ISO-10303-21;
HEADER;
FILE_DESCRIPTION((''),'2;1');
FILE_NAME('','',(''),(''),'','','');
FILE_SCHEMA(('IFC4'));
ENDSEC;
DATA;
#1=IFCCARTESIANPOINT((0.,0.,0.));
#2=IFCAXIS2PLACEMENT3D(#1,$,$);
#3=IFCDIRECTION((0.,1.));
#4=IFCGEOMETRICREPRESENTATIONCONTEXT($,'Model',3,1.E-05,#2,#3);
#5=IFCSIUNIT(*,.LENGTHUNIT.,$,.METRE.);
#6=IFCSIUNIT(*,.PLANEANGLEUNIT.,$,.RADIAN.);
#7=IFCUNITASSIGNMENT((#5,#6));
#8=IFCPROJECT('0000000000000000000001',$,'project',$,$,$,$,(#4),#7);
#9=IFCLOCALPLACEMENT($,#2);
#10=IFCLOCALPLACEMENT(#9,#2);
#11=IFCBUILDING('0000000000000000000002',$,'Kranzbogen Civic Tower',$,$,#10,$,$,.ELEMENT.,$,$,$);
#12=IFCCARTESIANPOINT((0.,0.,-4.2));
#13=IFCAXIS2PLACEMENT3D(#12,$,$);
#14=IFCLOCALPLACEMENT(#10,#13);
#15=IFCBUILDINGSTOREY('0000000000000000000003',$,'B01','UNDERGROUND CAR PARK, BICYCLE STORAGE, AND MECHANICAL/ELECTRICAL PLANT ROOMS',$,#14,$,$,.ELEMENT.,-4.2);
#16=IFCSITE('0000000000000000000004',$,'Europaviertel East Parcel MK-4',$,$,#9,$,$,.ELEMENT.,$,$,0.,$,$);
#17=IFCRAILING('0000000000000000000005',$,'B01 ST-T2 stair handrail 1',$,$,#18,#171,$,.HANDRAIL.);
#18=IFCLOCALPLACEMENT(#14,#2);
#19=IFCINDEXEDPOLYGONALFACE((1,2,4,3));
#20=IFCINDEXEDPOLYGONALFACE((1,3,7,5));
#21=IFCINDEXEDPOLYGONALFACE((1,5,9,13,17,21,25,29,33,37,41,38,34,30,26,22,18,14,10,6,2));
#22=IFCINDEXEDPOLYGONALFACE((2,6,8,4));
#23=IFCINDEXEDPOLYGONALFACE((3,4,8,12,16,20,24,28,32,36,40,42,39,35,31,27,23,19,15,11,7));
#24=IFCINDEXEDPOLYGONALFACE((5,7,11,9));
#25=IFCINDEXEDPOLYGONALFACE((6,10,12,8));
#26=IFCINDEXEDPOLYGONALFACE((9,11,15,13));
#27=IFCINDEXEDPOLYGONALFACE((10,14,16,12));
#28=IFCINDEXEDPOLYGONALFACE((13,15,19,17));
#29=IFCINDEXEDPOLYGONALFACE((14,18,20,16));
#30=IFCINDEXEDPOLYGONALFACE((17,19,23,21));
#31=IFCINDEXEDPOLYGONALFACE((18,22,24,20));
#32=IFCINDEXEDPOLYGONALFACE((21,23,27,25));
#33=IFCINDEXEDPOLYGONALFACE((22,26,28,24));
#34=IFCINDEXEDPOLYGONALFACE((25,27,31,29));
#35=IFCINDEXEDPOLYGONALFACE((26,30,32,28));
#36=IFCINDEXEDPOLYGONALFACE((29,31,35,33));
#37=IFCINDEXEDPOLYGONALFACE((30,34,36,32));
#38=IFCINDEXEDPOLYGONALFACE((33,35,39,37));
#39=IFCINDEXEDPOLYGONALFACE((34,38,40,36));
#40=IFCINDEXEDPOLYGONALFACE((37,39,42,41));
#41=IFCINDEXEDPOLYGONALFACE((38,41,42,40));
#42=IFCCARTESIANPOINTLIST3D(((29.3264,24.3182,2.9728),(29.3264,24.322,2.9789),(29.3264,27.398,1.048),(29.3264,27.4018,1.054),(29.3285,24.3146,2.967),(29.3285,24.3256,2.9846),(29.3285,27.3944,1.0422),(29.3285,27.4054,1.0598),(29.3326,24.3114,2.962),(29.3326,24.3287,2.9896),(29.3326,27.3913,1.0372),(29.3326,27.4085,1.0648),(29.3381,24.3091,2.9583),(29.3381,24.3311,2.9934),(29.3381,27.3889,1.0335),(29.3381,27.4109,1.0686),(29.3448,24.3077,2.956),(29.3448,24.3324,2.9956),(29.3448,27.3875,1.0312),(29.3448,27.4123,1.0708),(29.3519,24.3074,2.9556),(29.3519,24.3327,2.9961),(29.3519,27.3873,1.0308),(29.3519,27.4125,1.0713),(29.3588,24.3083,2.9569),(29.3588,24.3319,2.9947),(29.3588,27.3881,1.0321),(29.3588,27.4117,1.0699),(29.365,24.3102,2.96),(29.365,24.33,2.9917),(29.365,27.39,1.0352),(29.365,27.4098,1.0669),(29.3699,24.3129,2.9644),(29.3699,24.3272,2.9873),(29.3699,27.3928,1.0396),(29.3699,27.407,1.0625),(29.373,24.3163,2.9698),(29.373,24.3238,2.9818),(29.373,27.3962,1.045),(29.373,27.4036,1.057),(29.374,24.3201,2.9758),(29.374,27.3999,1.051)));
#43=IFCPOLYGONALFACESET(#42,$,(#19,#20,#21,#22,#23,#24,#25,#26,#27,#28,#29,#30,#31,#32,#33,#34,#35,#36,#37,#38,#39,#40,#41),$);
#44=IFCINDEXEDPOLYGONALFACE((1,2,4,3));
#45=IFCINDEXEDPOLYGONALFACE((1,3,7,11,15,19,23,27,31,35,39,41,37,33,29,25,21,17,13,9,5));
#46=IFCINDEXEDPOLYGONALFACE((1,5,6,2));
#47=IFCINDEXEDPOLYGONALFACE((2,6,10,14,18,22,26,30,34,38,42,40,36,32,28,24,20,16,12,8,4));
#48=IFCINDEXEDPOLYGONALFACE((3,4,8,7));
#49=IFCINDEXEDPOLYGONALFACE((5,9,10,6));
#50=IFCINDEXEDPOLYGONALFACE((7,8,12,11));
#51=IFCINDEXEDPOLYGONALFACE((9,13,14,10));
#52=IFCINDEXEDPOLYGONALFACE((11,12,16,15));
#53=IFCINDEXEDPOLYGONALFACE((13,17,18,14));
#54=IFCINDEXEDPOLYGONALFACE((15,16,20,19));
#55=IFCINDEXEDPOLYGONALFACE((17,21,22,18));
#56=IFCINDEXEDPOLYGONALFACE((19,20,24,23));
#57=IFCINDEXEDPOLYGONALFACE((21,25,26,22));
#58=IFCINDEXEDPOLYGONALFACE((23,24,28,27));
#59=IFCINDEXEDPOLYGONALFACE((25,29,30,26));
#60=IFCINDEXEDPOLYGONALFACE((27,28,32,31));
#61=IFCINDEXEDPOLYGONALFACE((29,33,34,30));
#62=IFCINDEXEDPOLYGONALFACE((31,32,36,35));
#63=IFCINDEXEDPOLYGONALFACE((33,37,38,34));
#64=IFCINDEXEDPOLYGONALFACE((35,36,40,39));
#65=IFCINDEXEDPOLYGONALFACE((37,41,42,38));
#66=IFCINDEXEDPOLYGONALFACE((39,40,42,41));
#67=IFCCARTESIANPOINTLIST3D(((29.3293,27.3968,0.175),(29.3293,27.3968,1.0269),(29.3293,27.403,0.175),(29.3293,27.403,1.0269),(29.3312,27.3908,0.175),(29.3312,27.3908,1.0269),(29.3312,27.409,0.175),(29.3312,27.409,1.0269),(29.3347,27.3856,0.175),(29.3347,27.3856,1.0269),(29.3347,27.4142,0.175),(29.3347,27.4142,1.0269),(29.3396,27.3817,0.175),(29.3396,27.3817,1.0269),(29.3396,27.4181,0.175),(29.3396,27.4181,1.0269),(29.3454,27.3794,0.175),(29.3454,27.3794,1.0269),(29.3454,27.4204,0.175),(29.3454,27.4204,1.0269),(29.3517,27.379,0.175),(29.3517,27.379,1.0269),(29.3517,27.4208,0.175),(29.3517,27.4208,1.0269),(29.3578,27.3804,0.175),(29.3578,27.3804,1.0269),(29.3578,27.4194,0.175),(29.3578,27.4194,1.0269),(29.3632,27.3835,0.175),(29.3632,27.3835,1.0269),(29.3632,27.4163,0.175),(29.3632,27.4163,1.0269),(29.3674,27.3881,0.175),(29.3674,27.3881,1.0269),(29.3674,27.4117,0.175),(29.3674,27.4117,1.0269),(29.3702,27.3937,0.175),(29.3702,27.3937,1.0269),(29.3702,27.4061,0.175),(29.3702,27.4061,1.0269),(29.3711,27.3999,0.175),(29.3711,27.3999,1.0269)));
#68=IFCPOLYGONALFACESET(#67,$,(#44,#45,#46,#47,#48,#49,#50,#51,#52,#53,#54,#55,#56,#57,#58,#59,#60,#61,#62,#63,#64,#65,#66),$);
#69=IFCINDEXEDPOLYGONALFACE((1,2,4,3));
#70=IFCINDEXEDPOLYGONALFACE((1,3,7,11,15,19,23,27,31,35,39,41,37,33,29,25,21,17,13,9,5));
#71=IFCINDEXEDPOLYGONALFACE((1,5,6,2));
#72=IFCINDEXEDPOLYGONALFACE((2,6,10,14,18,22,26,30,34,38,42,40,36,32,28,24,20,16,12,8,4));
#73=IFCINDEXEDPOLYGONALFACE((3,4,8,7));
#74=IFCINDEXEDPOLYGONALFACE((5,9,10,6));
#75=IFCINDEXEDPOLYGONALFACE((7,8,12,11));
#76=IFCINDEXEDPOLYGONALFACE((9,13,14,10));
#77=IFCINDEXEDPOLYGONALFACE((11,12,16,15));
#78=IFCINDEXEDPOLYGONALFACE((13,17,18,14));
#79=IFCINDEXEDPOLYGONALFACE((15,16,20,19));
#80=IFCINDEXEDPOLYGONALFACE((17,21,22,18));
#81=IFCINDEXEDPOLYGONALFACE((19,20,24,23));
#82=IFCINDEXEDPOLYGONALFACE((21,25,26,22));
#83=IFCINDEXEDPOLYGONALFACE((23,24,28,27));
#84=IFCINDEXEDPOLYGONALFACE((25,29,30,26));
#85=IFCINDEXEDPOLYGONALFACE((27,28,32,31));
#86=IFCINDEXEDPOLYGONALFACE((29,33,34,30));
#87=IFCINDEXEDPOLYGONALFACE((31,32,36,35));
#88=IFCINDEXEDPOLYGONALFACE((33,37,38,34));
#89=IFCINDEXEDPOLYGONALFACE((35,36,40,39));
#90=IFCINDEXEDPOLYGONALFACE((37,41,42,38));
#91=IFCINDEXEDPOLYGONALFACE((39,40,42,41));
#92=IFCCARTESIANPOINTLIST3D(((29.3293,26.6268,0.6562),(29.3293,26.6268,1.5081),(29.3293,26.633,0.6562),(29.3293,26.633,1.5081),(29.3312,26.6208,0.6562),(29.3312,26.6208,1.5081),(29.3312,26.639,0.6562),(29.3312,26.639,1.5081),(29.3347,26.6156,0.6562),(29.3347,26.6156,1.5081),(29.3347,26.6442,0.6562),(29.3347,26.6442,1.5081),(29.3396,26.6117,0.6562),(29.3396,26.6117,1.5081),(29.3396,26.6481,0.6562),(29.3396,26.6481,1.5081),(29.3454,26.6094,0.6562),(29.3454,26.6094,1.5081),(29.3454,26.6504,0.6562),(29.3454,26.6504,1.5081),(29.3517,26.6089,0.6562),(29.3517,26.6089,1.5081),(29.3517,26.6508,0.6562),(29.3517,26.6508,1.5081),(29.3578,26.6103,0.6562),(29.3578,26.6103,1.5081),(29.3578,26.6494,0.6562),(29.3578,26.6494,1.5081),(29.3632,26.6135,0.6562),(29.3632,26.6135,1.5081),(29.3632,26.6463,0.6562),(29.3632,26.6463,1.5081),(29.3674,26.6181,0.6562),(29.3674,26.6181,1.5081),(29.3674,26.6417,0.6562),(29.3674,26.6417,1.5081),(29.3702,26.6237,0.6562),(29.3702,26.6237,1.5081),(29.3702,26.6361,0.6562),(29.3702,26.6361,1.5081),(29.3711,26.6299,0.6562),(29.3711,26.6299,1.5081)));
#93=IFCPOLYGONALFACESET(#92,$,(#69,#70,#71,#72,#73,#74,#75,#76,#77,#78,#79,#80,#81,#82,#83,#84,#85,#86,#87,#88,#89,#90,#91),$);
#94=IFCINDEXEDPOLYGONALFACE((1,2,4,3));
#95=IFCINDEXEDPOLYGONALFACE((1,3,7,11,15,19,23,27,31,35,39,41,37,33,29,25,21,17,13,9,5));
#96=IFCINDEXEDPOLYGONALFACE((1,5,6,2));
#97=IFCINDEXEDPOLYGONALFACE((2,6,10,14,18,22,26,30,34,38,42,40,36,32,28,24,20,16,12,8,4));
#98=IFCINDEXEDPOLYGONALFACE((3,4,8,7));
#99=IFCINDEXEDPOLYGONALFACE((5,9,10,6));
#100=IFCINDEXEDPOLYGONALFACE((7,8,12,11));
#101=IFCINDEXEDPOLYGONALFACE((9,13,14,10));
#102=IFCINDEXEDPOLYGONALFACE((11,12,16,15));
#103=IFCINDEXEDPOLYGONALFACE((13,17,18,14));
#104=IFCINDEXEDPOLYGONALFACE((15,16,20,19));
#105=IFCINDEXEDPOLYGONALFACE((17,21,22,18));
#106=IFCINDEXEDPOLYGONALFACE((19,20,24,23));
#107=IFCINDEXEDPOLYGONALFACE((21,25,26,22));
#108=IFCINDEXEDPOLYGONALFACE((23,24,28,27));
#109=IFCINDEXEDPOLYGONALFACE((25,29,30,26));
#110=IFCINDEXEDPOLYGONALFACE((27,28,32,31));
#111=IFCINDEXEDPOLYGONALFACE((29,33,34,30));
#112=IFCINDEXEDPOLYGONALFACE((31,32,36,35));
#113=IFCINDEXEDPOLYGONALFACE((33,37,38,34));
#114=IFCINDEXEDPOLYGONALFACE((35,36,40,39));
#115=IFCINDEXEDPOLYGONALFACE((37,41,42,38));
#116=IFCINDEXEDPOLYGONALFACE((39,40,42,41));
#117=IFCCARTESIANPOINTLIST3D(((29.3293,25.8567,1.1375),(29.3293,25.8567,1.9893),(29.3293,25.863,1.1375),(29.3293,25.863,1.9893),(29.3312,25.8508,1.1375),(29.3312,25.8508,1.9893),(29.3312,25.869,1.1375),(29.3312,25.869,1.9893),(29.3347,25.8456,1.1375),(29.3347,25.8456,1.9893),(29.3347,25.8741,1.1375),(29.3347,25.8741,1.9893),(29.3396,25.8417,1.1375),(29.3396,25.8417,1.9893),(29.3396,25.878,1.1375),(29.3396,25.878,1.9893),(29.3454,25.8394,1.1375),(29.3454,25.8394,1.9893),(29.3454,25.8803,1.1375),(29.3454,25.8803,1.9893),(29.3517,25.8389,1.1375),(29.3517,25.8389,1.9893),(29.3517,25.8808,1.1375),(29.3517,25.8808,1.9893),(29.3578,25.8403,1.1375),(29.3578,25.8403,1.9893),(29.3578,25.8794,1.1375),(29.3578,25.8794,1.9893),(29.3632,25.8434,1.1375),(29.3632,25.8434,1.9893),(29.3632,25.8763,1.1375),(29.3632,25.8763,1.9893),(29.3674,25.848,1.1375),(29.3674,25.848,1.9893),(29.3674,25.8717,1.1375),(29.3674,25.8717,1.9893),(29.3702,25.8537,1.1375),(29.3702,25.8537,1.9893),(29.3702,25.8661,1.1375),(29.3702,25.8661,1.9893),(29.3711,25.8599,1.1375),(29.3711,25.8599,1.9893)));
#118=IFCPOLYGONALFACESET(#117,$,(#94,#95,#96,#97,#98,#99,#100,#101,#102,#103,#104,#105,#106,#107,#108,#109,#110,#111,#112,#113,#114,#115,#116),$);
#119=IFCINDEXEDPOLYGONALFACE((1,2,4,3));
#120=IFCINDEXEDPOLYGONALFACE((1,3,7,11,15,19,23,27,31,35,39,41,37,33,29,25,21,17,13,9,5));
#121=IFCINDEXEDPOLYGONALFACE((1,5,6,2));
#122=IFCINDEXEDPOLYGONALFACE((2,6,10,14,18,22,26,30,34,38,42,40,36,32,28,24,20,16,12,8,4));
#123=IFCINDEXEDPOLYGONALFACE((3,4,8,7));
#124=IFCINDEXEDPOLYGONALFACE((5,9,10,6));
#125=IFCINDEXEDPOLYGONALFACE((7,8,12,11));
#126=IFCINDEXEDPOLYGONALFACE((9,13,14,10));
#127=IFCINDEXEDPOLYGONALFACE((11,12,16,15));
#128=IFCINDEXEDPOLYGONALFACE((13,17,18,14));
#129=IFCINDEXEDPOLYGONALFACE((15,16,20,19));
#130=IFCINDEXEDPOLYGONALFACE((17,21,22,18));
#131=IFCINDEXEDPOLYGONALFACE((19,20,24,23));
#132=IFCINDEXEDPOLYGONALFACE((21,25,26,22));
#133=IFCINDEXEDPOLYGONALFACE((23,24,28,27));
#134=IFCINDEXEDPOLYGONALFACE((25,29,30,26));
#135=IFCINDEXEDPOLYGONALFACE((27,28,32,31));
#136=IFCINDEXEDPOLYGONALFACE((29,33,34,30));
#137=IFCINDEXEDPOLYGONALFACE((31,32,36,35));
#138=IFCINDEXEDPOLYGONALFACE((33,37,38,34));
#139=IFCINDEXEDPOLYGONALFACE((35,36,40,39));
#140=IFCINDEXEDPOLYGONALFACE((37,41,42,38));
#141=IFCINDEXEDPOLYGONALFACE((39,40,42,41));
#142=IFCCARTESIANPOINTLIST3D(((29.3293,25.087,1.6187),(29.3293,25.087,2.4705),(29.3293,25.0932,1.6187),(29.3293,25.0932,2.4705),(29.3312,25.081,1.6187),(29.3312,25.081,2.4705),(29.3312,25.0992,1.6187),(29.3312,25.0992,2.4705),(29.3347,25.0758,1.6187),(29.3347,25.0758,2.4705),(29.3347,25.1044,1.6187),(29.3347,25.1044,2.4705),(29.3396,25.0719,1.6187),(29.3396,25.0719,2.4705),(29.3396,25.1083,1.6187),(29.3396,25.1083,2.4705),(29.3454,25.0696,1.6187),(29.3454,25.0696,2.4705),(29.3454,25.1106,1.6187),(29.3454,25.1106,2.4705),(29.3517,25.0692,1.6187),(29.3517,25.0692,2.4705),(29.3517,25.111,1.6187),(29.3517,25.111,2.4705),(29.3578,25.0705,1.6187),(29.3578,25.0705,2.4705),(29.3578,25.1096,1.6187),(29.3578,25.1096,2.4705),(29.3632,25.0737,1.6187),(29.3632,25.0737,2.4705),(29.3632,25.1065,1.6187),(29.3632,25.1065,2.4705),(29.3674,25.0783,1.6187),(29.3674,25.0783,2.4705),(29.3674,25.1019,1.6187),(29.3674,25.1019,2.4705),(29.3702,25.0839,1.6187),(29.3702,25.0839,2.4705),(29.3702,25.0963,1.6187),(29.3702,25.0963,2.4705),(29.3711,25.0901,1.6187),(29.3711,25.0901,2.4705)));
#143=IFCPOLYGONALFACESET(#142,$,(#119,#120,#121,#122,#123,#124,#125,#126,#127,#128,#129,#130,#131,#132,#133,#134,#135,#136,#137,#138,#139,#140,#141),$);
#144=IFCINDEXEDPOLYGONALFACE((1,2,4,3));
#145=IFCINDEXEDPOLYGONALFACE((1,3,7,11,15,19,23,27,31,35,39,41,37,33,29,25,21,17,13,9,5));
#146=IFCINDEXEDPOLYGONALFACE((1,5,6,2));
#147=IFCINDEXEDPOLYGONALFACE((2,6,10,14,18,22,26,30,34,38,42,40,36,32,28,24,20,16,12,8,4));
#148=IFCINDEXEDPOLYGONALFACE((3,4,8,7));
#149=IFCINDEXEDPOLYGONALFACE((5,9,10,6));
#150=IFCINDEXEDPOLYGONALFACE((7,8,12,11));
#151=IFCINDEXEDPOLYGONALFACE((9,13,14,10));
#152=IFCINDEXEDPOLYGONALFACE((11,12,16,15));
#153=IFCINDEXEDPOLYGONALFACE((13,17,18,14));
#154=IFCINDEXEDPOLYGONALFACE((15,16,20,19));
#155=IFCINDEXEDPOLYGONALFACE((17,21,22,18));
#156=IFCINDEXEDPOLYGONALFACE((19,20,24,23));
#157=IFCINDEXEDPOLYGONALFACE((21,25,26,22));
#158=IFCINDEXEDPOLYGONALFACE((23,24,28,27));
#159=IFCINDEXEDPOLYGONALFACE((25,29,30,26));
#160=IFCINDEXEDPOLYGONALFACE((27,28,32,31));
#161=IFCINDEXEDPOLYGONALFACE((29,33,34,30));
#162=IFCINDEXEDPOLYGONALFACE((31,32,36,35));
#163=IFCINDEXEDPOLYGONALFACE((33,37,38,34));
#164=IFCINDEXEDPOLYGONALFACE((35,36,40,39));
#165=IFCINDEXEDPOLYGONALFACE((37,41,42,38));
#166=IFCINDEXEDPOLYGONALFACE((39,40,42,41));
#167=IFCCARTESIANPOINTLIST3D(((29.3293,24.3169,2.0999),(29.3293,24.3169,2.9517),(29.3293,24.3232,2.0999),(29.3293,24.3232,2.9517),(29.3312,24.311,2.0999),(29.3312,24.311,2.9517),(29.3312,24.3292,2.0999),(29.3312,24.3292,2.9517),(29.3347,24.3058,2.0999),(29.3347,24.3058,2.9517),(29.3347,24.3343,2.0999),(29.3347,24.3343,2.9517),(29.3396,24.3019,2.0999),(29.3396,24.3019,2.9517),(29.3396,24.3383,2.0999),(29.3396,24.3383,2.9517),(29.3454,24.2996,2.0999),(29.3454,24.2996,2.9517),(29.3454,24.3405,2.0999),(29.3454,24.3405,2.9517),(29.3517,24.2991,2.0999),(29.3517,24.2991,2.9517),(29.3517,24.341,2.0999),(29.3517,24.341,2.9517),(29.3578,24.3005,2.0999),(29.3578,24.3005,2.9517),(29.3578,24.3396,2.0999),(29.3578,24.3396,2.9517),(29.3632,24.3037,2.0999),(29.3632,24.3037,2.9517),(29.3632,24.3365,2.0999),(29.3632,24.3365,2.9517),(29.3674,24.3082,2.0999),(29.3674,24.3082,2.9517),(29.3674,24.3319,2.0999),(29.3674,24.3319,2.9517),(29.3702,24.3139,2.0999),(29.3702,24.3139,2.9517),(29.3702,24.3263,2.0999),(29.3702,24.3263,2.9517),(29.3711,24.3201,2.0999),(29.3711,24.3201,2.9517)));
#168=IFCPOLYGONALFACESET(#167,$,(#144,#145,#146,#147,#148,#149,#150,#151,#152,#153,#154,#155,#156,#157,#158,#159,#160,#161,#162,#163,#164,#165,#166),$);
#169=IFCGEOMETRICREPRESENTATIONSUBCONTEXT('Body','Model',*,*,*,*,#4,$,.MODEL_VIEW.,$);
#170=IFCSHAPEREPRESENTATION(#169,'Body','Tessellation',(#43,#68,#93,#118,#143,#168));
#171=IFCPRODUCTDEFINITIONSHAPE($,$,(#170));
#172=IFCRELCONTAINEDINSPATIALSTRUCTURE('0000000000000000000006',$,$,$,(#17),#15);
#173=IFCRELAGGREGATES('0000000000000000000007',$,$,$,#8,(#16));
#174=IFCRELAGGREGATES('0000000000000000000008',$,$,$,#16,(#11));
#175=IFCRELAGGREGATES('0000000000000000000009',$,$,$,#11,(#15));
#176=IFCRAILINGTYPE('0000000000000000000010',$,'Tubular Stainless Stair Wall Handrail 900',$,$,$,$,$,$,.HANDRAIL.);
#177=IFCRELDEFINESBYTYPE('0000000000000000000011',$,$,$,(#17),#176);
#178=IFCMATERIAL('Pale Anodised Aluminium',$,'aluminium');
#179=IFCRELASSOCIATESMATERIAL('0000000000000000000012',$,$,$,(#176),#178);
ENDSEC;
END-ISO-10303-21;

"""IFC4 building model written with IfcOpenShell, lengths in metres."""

from ifc_helpers import new_model, si_unit, direction, frame, origin, origin_2d, place, context, subcontext, project, spatial, circle, extrude, material, type_object, element, save


model = new_model("IFC4")

# Units and contexts
model_context = context("Model", 3, precision=1e-05, world=origin(), true_north=direction((0.0, 1.0)))
body_context = subcontext(model_context, "Body", "Model", "MODEL_VIEW")
ifc_project = project(units=[si_unit("LENGTHUNIT", "METRE"), si_unit("PLANEANGLEUNIT", "RADIAN")], contexts=[model_context])

# Site, building, storey
site_placement = place(None, origin())
site = spatial("IfcSite", under=ifc_project, at=site_placement, Name="Europaviertel East Parcel MK-4", CompositionType="ELEMENT", RefElevation=0.0)
building_placement = place(site_placement, origin())
building = spatial("IfcBuilding", under=site, at=building_placement, Name="Kranzbogen Civic Tower", CompositionType="ELEMENT")
storey_placement = place(building_placement, frame((0.0, 0.0, -4.2)))
storey = spatial("IfcBuildingStorey", under=building, at=storey_placement, Name="B01", Description="UNDERGROUND CAR PARK, BICYCLE STORAGE, AND MECHANICAL/ELECTRICAL PLANT ROOMS", CompositionType="ELEMENT", Elevation=-4.2)

# Shared definitions
ifc_material_1 = material(Name="Pale Anodised Aluminium", Category="aluminium")

# Railing
railing_type_1 = type_object("IfcRailingType", Name="Tubular Stainless Stair Wall Handrail 900", PredefinedType="HANDRAIL", material=ifc_material_1)
railing_1_placement = place(storey_placement, frame((29.3501, 27.3999, 0.175)))
element("IfcRailing", 1, at=railing_1_placement, inside=storey, type_object=railing_type_1, Name="B01 ST-T2 stair handrail 1", PredefinedType="HANDRAIL", context=body_context, shape_type="SweptSolid", body=[
    extrude(circle(Radius=0.0239, at=origin_2d()), frame((0.0, 0.0, 0.876), z_axis=(0.0, -0.84801, 0.529981), x_axis=(1.0, 0.0, 0.0)), (0.0, 0.0, 1.0), 3.6318),
    extrude(circle(Radius=0.021, at=origin_2d()), origin(), (0.0, 0.0, 1.0), 0.8518),
    extrude(circle(Radius=0.021, at=origin_2d()), frame((0.0, -0.77, 0.4812)), (0.0, 0.0, 1.0), 0.8518),
    extrude(circle(Radius=0.021, at=origin_2d()), frame((0.0, -1.54, 0.9624)), (0.0, 0.0, 1.0), 0.8518),
    extrude(circle(Radius=0.021, at=origin_2d()), frame((0.0, -2.3098, 1.4436)), (0.0, 0.0, 1.0), 0.8518),
    extrude(circle(Radius=0.021, at=origin_2d()), frame((0.0, -3.0798, 1.9248)), (0.0, 0.0, 1.0), 0.8518),
])

save(model, "model.ifc")
